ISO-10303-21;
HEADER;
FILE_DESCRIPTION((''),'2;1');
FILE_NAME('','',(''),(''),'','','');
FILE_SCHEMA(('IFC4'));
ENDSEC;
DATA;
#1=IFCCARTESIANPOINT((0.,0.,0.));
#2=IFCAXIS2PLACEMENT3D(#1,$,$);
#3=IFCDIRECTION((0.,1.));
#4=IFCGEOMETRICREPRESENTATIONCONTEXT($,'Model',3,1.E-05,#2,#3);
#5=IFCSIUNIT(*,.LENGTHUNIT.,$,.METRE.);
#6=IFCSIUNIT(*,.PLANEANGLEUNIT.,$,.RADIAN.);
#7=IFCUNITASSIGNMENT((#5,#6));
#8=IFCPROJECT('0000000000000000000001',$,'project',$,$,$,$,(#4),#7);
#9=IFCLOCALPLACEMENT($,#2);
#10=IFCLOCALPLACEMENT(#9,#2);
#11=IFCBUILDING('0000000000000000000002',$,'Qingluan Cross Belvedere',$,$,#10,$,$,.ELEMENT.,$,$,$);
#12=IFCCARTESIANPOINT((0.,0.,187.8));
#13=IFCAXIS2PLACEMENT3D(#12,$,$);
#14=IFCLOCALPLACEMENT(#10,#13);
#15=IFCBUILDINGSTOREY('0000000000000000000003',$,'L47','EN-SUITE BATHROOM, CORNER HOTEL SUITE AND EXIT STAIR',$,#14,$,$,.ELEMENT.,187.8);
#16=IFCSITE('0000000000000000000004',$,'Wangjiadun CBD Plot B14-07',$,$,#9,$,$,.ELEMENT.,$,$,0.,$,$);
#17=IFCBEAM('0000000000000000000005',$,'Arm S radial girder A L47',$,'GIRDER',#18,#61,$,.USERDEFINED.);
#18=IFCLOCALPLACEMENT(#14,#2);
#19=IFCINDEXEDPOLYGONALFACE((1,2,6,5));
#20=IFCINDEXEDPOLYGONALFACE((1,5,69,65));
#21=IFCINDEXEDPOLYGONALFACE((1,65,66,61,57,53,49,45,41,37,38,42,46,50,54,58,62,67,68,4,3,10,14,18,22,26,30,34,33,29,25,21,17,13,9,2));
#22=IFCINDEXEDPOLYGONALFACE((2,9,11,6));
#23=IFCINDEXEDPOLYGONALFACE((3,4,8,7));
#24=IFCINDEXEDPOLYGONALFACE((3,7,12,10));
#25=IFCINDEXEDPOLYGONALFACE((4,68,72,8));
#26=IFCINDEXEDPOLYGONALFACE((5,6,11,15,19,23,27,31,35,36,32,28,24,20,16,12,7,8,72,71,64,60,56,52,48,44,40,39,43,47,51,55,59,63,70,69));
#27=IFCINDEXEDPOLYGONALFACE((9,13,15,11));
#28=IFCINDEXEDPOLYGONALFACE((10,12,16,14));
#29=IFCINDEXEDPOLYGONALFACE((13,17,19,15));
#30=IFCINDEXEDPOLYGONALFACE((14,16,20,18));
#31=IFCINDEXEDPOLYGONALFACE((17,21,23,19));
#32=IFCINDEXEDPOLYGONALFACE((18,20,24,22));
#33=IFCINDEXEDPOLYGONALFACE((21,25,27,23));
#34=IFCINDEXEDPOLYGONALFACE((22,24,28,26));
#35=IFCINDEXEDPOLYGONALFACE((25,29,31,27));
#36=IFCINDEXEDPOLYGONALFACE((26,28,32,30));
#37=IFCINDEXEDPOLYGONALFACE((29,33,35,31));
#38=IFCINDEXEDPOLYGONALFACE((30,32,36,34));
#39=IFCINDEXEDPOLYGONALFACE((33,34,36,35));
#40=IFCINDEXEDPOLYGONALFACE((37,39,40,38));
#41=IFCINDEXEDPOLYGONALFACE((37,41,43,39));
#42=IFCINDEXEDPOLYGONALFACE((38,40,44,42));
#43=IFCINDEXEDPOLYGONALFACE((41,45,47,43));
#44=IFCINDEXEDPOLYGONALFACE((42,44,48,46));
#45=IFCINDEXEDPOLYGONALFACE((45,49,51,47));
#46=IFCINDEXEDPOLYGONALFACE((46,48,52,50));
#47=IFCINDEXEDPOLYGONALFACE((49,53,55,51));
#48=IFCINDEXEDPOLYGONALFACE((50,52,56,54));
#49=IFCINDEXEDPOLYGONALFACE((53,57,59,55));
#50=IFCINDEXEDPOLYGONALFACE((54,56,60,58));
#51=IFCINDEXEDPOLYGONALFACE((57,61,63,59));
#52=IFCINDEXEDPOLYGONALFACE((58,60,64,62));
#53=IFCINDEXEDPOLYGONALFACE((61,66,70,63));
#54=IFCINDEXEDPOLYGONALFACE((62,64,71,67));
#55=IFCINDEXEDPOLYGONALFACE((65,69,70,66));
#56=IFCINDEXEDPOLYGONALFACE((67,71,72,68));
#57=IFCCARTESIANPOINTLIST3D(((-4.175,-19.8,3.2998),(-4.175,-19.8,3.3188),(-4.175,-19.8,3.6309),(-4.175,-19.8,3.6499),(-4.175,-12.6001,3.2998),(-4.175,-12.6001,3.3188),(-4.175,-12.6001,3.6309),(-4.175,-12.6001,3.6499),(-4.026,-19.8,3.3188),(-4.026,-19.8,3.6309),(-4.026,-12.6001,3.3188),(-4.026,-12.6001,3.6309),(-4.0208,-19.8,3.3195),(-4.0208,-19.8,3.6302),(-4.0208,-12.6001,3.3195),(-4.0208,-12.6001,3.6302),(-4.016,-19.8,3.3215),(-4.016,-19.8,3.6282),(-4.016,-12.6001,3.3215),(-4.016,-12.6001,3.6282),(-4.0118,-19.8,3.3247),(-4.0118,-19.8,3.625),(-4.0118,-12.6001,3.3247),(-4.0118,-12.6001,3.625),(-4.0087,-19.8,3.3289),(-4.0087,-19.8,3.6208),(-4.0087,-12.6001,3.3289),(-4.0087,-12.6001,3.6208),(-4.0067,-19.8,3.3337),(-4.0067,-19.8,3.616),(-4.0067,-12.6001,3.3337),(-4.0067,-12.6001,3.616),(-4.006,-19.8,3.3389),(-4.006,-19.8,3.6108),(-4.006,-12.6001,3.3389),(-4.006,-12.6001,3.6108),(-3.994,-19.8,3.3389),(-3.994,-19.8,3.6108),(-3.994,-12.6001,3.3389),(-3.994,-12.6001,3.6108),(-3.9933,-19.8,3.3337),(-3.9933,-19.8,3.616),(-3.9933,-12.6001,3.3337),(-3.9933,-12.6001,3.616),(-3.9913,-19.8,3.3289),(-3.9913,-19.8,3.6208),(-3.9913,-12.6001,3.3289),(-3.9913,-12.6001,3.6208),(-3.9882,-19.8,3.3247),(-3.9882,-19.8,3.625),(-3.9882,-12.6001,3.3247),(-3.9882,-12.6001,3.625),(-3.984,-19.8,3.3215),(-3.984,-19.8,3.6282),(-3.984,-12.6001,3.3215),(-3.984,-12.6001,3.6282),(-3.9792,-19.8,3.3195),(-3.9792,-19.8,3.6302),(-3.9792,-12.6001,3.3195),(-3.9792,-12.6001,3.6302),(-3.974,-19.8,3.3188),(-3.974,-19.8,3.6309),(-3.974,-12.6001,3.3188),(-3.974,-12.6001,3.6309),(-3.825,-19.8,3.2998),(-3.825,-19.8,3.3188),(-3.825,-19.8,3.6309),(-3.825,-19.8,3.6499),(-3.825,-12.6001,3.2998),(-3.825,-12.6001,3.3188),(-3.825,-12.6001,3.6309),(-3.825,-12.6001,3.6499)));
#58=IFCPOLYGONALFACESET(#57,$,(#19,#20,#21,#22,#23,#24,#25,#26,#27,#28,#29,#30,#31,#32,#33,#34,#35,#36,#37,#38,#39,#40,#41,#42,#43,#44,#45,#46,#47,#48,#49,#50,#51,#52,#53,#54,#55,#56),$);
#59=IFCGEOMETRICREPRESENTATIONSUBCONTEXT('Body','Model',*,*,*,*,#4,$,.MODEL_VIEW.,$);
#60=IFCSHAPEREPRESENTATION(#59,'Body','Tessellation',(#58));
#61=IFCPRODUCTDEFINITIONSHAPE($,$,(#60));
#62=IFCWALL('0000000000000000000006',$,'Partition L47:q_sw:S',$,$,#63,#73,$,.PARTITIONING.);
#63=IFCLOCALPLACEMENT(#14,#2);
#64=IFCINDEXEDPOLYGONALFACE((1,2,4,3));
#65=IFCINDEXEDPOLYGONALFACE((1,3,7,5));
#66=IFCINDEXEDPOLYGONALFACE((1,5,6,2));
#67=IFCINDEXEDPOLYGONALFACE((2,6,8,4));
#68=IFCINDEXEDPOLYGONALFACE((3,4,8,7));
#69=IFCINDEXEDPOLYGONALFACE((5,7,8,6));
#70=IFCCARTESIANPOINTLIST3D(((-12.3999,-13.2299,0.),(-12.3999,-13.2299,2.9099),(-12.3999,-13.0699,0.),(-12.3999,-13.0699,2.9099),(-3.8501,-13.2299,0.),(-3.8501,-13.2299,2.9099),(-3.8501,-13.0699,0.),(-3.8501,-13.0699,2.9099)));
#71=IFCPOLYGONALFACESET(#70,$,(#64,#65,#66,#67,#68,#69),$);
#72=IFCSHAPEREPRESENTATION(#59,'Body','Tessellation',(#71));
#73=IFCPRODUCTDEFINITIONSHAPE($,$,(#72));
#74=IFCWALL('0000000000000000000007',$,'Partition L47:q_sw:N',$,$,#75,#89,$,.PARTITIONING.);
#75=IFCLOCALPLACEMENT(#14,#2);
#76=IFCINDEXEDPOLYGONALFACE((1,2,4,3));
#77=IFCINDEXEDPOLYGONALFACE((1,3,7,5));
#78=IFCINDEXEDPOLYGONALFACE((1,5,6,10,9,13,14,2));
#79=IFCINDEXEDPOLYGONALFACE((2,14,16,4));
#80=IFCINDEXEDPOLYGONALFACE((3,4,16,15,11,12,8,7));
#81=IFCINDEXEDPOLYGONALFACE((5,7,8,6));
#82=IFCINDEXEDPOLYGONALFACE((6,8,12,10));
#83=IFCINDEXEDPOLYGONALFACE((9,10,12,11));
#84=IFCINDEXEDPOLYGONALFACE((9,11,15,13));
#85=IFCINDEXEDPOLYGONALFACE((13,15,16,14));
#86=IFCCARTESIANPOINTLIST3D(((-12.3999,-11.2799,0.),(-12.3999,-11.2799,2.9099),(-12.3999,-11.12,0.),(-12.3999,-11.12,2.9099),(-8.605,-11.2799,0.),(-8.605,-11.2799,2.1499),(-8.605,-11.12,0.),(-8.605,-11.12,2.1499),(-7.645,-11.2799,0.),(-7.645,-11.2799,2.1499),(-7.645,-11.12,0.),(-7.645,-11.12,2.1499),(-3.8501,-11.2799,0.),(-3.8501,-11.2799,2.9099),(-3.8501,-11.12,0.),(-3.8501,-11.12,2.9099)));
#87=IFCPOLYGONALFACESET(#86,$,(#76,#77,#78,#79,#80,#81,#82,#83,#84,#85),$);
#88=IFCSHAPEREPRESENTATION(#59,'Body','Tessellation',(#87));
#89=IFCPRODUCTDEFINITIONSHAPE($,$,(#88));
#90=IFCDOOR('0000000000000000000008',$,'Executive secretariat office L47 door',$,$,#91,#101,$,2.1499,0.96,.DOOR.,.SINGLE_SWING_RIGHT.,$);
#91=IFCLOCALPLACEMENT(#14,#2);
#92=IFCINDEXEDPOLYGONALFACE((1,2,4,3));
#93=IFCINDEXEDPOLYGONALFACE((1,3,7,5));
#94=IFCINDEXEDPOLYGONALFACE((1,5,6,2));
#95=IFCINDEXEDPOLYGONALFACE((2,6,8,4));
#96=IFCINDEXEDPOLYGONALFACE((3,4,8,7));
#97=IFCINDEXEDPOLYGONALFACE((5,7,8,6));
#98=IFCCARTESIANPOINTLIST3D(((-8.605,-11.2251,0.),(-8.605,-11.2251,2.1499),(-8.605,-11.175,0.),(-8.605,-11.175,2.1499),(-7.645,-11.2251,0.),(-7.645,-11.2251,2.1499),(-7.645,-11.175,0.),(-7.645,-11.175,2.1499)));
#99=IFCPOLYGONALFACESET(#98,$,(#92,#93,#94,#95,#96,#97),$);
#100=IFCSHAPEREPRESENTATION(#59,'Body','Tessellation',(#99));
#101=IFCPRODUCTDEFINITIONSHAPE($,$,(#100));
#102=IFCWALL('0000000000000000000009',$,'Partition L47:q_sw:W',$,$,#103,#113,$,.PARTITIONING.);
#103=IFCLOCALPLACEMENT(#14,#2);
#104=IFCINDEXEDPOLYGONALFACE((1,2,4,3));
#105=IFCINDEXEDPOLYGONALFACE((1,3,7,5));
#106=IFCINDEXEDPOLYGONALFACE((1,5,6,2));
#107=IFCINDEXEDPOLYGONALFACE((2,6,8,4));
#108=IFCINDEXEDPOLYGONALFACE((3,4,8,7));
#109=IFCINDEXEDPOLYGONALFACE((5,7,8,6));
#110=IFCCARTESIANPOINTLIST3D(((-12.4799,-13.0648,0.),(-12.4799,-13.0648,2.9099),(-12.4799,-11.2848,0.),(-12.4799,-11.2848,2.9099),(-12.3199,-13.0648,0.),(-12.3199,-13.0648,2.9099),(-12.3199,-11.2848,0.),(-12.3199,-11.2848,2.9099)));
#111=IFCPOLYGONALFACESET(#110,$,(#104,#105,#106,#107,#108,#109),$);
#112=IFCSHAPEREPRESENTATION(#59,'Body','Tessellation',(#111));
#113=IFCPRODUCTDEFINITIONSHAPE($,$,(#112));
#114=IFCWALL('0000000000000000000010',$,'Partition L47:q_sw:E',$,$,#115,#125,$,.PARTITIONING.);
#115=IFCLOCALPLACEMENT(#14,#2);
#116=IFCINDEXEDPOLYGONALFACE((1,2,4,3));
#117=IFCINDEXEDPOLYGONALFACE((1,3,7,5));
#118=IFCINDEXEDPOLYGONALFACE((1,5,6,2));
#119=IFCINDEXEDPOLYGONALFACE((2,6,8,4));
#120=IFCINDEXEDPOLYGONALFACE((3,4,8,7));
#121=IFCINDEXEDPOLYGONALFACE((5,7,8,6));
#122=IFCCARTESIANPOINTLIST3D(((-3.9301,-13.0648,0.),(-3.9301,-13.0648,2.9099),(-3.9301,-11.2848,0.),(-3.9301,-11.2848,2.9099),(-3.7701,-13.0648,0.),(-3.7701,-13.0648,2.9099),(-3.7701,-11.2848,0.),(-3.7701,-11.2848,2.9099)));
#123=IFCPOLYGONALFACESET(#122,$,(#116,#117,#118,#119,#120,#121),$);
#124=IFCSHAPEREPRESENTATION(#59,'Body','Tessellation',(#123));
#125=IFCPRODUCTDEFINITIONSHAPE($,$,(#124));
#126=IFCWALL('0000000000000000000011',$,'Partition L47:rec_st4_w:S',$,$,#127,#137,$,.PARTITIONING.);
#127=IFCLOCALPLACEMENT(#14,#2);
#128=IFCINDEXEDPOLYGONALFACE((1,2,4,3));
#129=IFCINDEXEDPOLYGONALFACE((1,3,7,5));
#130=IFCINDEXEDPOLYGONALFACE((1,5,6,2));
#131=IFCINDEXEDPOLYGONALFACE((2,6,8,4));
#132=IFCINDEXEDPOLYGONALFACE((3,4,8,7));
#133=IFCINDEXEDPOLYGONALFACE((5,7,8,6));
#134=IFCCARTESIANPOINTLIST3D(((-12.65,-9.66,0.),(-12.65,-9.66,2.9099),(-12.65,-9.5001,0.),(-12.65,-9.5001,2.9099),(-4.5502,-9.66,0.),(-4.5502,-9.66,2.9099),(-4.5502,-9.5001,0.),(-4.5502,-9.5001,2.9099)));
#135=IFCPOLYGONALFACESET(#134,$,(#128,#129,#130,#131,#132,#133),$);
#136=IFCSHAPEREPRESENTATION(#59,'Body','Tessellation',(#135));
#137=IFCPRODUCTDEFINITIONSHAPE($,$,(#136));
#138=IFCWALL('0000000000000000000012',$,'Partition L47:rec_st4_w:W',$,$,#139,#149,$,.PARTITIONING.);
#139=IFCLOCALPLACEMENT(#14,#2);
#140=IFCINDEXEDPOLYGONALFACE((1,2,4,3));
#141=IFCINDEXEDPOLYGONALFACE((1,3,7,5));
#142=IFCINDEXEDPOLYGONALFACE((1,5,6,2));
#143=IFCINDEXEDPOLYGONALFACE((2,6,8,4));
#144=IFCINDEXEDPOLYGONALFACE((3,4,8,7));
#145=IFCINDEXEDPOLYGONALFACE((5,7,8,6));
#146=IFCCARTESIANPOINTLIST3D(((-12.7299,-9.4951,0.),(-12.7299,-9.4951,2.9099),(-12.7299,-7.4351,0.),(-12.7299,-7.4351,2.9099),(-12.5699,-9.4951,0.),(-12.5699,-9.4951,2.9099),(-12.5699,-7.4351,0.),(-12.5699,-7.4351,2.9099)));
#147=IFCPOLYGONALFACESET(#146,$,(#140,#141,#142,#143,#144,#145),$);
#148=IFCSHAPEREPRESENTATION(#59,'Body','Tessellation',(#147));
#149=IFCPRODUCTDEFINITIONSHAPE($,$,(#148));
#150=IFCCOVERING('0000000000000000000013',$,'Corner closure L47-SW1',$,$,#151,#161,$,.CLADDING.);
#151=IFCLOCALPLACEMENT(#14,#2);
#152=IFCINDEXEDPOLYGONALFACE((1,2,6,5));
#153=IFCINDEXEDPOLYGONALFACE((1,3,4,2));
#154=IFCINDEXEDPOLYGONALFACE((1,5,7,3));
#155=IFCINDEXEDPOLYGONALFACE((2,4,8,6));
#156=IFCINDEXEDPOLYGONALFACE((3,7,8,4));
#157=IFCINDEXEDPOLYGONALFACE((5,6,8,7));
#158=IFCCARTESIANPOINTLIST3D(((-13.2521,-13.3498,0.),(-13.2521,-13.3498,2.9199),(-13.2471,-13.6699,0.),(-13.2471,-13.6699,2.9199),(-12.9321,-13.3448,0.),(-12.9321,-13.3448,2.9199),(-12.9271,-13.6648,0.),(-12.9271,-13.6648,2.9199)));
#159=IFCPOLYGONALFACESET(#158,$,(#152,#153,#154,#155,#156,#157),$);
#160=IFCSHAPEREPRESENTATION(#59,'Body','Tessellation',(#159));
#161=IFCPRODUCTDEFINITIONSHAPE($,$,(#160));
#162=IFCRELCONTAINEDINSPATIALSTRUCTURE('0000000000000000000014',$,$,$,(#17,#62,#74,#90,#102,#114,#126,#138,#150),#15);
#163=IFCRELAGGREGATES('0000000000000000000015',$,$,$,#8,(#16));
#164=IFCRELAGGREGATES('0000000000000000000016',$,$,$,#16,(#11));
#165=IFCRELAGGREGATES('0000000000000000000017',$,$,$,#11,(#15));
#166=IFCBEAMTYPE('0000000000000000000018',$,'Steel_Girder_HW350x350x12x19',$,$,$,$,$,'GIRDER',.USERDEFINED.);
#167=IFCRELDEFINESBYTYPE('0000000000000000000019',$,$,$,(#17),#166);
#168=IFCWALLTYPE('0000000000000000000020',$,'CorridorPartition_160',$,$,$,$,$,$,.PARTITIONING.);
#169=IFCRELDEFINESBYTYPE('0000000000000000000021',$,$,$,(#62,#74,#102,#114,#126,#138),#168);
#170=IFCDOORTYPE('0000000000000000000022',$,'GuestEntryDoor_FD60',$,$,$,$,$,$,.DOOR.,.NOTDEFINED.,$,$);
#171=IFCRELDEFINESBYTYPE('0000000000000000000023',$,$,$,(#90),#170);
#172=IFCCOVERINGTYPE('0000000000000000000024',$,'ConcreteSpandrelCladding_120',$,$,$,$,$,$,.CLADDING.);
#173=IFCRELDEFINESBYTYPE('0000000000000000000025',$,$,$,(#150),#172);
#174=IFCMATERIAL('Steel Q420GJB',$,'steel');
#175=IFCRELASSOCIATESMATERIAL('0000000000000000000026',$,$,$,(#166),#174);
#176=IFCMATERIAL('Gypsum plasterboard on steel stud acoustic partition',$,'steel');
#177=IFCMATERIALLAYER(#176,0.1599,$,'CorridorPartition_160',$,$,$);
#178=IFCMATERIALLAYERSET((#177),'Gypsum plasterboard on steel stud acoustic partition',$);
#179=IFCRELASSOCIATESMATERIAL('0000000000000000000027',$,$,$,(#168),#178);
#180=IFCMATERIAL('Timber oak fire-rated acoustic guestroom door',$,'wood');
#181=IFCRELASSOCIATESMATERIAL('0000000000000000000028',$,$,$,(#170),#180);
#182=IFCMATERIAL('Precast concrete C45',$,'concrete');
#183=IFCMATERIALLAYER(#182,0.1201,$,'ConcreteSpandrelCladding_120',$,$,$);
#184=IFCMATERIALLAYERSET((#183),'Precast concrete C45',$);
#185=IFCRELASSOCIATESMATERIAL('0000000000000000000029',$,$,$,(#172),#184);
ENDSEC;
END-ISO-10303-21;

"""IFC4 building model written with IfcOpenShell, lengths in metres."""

from ifc_helpers import new_model, si_unit, direction, frame, frame_2d, origin, origin_2d, place, context, subcontext, project, spatial, rectangle, i_section, extrude, material, layer, layer_set, material_profile, profile_set, type_object, element, fill, save


model = new_model("IFC4")

# Units and contexts
model_context = context("Model", 3, precision=1e-05, world=origin(), true_north=direction((0.0, 1.0)))
body_context = subcontext(model_context, "Body", "Model", "MODEL_VIEW")
ifc_project = project(units=[si_unit("LENGTHUNIT", "METRE"), si_unit("PLANEANGLEUNIT", "RADIAN")], contexts=[model_context])

# Site, building, storey
site_placement = place(None, origin())
site = spatial("IfcSite", under=ifc_project, at=site_placement, Name="Wangjiadun CBD Plot B14-07", CompositionType="ELEMENT", RefElevation=0.0)
building_placement = place(site_placement, origin())
building = spatial("IfcBuilding", under=site, at=building_placement, Name="Qingluan Cross Belvedere", CompositionType="ELEMENT")
storey_placement = place(building_placement, frame((0.0, 0.0, 187.8)))
storey = spatial("IfcBuildingStorey", under=building, at=storey_placement, Name="L47", Description="EN-SUITE BATHROOM, CORNER HOTEL SUITE AND EXIT STAIR", CompositionType="ELEMENT", Elevation=187.8)

# Beam
ifc_material_1 = material(Name="Steel Q420GJB", Category="steel")
ifc_material_profile_1 = material_profile(ifc_material_1, i_section(OverallWidth=0.3501, OverallDepth=0.3501, WebThickness=0.012, FlangeThickness=0.019, FilletRadius=0.02, at=origin_2d()), Name="HW350x350x12x19")
ifc_profile_set_1 = profile_set([ifc_material_profile_1], Name="Steel Q420GJB")
beam_type_1 = type_object("IfcBeamType", Name="Steel_Girder_HW350x350x12x19", ElementType="GIRDER", PredefinedType="USERDEFINED", material=ifc_profile_set_1)
beam_1_placement = place(storey_placement, frame((-4.0, -12.6001, 3.4749), z_axis=(0.0, -1.0, 0.0), x_axis=(1.0, 0.0, 0.0)))
element("IfcBeam", 1, at=beam_1_placement, inside=storey, type_object=beam_type_1, Name="Arm S radial girder A L47", ObjectType="GIRDER", PredefinedType="USERDEFINED", context=body_context, shape_type="SweptSolid", body=[
    extrude(i_section(OverallWidth=0.3501, OverallDepth=0.3501, WebThickness=0.012, FlangeThickness=0.019, FilletRadius=0.02, at=origin_2d()), origin(), (0.0, 0.0, 1.0), 7.2),
])

# Wall
ifc_material_2 = material(Name="Gypsum plasterboard on steel stud acoustic partition", Category="steel")
ifc_layer_1 = layer(ifc_material_2, 0.1599, Name="CorridorPartition_160")
ifc_layer_set_1 = layer_set([ifc_layer_1], Name="Gypsum plasterboard on steel stud acoustic partition")
wall_type = type_object("IfcWallType", Name="CorridorPartition_160", PredefinedType="PARTITIONING", material=ifc_layer_set_1)
wall_1_placement = place(storey_placement, frame((-12.3999, -13.1499, 0.0), z_axis=(0.0, 0.0, 1.0), x_axis=(1.0, 0.0, 0.0)))
element("IfcWall", 2, at=wall_1_placement, inside=storey, type_object=wall_type, Name="Partition L47:q_sw:S", PredefinedType="PARTITIONING", context=body_context, shape_type="SweptSolid", body=[
    extrude(rectangle(XDim=8.5498, YDim=0.1599, at=frame_2d((4.2749, 0.0))), origin(), (0.0, 0.0, 1.0), 2.9099),
])

# Wall, opening, door
wall_2_placement = place(storey_placement, frame((-12.3999, -11.2, 0.0), z_axis=(0.0, 0.0, 1.0), x_axis=(1.0, 0.0, 0.0)))
wall_2 = element("IfcWall", 3, at=wall_2_placement, inside=storey, type_object=wall_type, Name="Partition L47:q_sw:N", PredefinedType="PARTITIONING", context=body_context, shape_type="SweptSolid", body=[
    extrude(rectangle(XDim=8.5498, YDim=0.1599, at=frame_2d((4.2749, 0.0))), origin(), (0.0, 0.0, 1.0), 2.9099),
])
opening_1_placement = place(wall_2_placement, frame((3.7949, 0.0, 0.0)))
opening_1 = element("IfcOpeningElement", 4, at=opening_1_placement, cuts=wall_2, PredefinedType="OPENING", context=body_context, shape_type="SweptSolid", body=[
    extrude(rectangle(XDim=0.96, YDim=2.1499, at=frame_2d((0.48, 1.075))), frame((0.0, 0.0898, 0.0), z_axis=(0.0, -1.0, 0.0), x_axis=(1.0, 0.0, 0.0)), (0.0, 0.0, 1.0), 0.1799),
])
ifc_material_3 = material(Name="Timber oak fire-rated acoustic guestroom door", Category="wood")
door_type = type_object("IfcDoorType", Name="GuestEntryDoor_FD60", OperationType="NOTDEFINED", PredefinedType="DOOR", material=ifc_material_3)
door_1_placement = place(opening_1_placement, origin())
door_1 = element("IfcDoor", 5, at=door_1_placement, inside=storey, type_object=door_type, Name="Executive secretariat office L47 door", OperationType="SINGLE_SWING_RIGHT", OverallHeight=2.1499, OverallWidth=0.96, PredefinedType="DOOR", context=body_context, shape_type="SweptSolid", body=[
    extrude(rectangle(XDim=0.96, YDim=2.1499, at=frame_2d((0.48, 1.075))), frame((0.0, 0.0249, 0.0), z_axis=(0.0, -1.0, 0.0), x_axis=(1.0, 0.0, 0.0)), (0.0, 0.0, 1.0), 0.05),
])
fill(opening_1, door_1)

# Walls
for number, where, z_axis, x_axis, name in (
    (6, (-12.3999, -13.0649, 0.0), (0.0, 0.0, 1.0), (0.0, 1.0, 0.0), "Partition L47:q_sw:W"),
    (7, (-3.8501, -13.0649, 0.0), (0.0, 0.0, 1.0), (0.0, 1.0, 0.0), "Partition L47:q_sw:E"),
):
    element("IfcWall", number, at=place(storey_placement, frame(where, z_axis=z_axis, x_axis=x_axis)), inside=storey, type_object=wall_type, Name=name, PredefinedType="PARTITIONING", context=body_context, shape_type="SweptSolid", body=[
        extrude(rectangle(XDim=1.78, YDim=0.1599, at=frame_2d((0.8901, 0.0))), origin(), (0.0, 0.0, 1.0), 2.9099),
    ])
wall_3_placement = place(storey_placement, frame((-12.6499, -9.5801, 0.0), z_axis=(0.0, 0.0, 1.0), x_axis=(1.0, 0.0, 0.0)))
element("IfcWall", 8, at=wall_3_placement, inside=storey, type_object=wall_type, Name="Partition L47:rec_st4_w:S", PredefinedType="PARTITIONING", context=body_context, shape_type="SweptSolid", body=[
    extrude(rectangle(XDim=8.0999, YDim=0.1599, at=frame_2d((4.0498, 0.0))), origin(), (0.0, 0.0, 1.0), 2.9099),
])
wall_4_placement = place(storey_placement, frame((-12.6499, -9.4951, 0.0), z_axis=(0.0, 0.0, 1.0), x_axis=(0.0, 1.0, 0.0)))
element("IfcWall", 9, at=wall_4_placement, inside=storey, type_object=wall_type, Name="Partition L47:rec_st4_w:W", PredefinedType="PARTITIONING", context=body_context, shape_type="SweptSolid", body=[
    extrude(rectangle(XDim=2.0601, YDim=0.1599, at=frame_2d((1.03, 0.0))), origin(), (0.0, 0.0, 1.0), 2.9099),
])

# Covering
ifc_material_4 = material(Name="Precast concrete C45", Category="concrete")
ifc_layer_2 = layer(ifc_material_4, 0.1201, Name="ConcreteSpandrelCladding_120")
ifc_layer_set_2 = layer_set([ifc_layer_2], Name="Precast concrete C45")
covering_type = type_object("IfcCoveringType", Name="ConcreteSpandrelCladding_120", PredefinedType="CLADDING", material=ifc_layer_set_2)
covering_placement = place(storey_placement, frame((-13.0896, -13.5073, 0.0), z_axis=(0.0, 0.0, 1.0), x_axis=(0.999877, 0.015707, 0.0)))
element("IfcCovering", 10, at=covering_placement, inside=storey, type_object=covering_type, Name="Corner closure L47-SW1", PredefinedType="CLADDING", context=body_context, shape_type="SweptSolid", body=[
    extrude(rectangle(XDim=0.3201, YDim=0.3201, at=origin_2d()), origin(), (0.0, 0.0, 1.0), 2.9199),
])

save(model, "model.ifc")
